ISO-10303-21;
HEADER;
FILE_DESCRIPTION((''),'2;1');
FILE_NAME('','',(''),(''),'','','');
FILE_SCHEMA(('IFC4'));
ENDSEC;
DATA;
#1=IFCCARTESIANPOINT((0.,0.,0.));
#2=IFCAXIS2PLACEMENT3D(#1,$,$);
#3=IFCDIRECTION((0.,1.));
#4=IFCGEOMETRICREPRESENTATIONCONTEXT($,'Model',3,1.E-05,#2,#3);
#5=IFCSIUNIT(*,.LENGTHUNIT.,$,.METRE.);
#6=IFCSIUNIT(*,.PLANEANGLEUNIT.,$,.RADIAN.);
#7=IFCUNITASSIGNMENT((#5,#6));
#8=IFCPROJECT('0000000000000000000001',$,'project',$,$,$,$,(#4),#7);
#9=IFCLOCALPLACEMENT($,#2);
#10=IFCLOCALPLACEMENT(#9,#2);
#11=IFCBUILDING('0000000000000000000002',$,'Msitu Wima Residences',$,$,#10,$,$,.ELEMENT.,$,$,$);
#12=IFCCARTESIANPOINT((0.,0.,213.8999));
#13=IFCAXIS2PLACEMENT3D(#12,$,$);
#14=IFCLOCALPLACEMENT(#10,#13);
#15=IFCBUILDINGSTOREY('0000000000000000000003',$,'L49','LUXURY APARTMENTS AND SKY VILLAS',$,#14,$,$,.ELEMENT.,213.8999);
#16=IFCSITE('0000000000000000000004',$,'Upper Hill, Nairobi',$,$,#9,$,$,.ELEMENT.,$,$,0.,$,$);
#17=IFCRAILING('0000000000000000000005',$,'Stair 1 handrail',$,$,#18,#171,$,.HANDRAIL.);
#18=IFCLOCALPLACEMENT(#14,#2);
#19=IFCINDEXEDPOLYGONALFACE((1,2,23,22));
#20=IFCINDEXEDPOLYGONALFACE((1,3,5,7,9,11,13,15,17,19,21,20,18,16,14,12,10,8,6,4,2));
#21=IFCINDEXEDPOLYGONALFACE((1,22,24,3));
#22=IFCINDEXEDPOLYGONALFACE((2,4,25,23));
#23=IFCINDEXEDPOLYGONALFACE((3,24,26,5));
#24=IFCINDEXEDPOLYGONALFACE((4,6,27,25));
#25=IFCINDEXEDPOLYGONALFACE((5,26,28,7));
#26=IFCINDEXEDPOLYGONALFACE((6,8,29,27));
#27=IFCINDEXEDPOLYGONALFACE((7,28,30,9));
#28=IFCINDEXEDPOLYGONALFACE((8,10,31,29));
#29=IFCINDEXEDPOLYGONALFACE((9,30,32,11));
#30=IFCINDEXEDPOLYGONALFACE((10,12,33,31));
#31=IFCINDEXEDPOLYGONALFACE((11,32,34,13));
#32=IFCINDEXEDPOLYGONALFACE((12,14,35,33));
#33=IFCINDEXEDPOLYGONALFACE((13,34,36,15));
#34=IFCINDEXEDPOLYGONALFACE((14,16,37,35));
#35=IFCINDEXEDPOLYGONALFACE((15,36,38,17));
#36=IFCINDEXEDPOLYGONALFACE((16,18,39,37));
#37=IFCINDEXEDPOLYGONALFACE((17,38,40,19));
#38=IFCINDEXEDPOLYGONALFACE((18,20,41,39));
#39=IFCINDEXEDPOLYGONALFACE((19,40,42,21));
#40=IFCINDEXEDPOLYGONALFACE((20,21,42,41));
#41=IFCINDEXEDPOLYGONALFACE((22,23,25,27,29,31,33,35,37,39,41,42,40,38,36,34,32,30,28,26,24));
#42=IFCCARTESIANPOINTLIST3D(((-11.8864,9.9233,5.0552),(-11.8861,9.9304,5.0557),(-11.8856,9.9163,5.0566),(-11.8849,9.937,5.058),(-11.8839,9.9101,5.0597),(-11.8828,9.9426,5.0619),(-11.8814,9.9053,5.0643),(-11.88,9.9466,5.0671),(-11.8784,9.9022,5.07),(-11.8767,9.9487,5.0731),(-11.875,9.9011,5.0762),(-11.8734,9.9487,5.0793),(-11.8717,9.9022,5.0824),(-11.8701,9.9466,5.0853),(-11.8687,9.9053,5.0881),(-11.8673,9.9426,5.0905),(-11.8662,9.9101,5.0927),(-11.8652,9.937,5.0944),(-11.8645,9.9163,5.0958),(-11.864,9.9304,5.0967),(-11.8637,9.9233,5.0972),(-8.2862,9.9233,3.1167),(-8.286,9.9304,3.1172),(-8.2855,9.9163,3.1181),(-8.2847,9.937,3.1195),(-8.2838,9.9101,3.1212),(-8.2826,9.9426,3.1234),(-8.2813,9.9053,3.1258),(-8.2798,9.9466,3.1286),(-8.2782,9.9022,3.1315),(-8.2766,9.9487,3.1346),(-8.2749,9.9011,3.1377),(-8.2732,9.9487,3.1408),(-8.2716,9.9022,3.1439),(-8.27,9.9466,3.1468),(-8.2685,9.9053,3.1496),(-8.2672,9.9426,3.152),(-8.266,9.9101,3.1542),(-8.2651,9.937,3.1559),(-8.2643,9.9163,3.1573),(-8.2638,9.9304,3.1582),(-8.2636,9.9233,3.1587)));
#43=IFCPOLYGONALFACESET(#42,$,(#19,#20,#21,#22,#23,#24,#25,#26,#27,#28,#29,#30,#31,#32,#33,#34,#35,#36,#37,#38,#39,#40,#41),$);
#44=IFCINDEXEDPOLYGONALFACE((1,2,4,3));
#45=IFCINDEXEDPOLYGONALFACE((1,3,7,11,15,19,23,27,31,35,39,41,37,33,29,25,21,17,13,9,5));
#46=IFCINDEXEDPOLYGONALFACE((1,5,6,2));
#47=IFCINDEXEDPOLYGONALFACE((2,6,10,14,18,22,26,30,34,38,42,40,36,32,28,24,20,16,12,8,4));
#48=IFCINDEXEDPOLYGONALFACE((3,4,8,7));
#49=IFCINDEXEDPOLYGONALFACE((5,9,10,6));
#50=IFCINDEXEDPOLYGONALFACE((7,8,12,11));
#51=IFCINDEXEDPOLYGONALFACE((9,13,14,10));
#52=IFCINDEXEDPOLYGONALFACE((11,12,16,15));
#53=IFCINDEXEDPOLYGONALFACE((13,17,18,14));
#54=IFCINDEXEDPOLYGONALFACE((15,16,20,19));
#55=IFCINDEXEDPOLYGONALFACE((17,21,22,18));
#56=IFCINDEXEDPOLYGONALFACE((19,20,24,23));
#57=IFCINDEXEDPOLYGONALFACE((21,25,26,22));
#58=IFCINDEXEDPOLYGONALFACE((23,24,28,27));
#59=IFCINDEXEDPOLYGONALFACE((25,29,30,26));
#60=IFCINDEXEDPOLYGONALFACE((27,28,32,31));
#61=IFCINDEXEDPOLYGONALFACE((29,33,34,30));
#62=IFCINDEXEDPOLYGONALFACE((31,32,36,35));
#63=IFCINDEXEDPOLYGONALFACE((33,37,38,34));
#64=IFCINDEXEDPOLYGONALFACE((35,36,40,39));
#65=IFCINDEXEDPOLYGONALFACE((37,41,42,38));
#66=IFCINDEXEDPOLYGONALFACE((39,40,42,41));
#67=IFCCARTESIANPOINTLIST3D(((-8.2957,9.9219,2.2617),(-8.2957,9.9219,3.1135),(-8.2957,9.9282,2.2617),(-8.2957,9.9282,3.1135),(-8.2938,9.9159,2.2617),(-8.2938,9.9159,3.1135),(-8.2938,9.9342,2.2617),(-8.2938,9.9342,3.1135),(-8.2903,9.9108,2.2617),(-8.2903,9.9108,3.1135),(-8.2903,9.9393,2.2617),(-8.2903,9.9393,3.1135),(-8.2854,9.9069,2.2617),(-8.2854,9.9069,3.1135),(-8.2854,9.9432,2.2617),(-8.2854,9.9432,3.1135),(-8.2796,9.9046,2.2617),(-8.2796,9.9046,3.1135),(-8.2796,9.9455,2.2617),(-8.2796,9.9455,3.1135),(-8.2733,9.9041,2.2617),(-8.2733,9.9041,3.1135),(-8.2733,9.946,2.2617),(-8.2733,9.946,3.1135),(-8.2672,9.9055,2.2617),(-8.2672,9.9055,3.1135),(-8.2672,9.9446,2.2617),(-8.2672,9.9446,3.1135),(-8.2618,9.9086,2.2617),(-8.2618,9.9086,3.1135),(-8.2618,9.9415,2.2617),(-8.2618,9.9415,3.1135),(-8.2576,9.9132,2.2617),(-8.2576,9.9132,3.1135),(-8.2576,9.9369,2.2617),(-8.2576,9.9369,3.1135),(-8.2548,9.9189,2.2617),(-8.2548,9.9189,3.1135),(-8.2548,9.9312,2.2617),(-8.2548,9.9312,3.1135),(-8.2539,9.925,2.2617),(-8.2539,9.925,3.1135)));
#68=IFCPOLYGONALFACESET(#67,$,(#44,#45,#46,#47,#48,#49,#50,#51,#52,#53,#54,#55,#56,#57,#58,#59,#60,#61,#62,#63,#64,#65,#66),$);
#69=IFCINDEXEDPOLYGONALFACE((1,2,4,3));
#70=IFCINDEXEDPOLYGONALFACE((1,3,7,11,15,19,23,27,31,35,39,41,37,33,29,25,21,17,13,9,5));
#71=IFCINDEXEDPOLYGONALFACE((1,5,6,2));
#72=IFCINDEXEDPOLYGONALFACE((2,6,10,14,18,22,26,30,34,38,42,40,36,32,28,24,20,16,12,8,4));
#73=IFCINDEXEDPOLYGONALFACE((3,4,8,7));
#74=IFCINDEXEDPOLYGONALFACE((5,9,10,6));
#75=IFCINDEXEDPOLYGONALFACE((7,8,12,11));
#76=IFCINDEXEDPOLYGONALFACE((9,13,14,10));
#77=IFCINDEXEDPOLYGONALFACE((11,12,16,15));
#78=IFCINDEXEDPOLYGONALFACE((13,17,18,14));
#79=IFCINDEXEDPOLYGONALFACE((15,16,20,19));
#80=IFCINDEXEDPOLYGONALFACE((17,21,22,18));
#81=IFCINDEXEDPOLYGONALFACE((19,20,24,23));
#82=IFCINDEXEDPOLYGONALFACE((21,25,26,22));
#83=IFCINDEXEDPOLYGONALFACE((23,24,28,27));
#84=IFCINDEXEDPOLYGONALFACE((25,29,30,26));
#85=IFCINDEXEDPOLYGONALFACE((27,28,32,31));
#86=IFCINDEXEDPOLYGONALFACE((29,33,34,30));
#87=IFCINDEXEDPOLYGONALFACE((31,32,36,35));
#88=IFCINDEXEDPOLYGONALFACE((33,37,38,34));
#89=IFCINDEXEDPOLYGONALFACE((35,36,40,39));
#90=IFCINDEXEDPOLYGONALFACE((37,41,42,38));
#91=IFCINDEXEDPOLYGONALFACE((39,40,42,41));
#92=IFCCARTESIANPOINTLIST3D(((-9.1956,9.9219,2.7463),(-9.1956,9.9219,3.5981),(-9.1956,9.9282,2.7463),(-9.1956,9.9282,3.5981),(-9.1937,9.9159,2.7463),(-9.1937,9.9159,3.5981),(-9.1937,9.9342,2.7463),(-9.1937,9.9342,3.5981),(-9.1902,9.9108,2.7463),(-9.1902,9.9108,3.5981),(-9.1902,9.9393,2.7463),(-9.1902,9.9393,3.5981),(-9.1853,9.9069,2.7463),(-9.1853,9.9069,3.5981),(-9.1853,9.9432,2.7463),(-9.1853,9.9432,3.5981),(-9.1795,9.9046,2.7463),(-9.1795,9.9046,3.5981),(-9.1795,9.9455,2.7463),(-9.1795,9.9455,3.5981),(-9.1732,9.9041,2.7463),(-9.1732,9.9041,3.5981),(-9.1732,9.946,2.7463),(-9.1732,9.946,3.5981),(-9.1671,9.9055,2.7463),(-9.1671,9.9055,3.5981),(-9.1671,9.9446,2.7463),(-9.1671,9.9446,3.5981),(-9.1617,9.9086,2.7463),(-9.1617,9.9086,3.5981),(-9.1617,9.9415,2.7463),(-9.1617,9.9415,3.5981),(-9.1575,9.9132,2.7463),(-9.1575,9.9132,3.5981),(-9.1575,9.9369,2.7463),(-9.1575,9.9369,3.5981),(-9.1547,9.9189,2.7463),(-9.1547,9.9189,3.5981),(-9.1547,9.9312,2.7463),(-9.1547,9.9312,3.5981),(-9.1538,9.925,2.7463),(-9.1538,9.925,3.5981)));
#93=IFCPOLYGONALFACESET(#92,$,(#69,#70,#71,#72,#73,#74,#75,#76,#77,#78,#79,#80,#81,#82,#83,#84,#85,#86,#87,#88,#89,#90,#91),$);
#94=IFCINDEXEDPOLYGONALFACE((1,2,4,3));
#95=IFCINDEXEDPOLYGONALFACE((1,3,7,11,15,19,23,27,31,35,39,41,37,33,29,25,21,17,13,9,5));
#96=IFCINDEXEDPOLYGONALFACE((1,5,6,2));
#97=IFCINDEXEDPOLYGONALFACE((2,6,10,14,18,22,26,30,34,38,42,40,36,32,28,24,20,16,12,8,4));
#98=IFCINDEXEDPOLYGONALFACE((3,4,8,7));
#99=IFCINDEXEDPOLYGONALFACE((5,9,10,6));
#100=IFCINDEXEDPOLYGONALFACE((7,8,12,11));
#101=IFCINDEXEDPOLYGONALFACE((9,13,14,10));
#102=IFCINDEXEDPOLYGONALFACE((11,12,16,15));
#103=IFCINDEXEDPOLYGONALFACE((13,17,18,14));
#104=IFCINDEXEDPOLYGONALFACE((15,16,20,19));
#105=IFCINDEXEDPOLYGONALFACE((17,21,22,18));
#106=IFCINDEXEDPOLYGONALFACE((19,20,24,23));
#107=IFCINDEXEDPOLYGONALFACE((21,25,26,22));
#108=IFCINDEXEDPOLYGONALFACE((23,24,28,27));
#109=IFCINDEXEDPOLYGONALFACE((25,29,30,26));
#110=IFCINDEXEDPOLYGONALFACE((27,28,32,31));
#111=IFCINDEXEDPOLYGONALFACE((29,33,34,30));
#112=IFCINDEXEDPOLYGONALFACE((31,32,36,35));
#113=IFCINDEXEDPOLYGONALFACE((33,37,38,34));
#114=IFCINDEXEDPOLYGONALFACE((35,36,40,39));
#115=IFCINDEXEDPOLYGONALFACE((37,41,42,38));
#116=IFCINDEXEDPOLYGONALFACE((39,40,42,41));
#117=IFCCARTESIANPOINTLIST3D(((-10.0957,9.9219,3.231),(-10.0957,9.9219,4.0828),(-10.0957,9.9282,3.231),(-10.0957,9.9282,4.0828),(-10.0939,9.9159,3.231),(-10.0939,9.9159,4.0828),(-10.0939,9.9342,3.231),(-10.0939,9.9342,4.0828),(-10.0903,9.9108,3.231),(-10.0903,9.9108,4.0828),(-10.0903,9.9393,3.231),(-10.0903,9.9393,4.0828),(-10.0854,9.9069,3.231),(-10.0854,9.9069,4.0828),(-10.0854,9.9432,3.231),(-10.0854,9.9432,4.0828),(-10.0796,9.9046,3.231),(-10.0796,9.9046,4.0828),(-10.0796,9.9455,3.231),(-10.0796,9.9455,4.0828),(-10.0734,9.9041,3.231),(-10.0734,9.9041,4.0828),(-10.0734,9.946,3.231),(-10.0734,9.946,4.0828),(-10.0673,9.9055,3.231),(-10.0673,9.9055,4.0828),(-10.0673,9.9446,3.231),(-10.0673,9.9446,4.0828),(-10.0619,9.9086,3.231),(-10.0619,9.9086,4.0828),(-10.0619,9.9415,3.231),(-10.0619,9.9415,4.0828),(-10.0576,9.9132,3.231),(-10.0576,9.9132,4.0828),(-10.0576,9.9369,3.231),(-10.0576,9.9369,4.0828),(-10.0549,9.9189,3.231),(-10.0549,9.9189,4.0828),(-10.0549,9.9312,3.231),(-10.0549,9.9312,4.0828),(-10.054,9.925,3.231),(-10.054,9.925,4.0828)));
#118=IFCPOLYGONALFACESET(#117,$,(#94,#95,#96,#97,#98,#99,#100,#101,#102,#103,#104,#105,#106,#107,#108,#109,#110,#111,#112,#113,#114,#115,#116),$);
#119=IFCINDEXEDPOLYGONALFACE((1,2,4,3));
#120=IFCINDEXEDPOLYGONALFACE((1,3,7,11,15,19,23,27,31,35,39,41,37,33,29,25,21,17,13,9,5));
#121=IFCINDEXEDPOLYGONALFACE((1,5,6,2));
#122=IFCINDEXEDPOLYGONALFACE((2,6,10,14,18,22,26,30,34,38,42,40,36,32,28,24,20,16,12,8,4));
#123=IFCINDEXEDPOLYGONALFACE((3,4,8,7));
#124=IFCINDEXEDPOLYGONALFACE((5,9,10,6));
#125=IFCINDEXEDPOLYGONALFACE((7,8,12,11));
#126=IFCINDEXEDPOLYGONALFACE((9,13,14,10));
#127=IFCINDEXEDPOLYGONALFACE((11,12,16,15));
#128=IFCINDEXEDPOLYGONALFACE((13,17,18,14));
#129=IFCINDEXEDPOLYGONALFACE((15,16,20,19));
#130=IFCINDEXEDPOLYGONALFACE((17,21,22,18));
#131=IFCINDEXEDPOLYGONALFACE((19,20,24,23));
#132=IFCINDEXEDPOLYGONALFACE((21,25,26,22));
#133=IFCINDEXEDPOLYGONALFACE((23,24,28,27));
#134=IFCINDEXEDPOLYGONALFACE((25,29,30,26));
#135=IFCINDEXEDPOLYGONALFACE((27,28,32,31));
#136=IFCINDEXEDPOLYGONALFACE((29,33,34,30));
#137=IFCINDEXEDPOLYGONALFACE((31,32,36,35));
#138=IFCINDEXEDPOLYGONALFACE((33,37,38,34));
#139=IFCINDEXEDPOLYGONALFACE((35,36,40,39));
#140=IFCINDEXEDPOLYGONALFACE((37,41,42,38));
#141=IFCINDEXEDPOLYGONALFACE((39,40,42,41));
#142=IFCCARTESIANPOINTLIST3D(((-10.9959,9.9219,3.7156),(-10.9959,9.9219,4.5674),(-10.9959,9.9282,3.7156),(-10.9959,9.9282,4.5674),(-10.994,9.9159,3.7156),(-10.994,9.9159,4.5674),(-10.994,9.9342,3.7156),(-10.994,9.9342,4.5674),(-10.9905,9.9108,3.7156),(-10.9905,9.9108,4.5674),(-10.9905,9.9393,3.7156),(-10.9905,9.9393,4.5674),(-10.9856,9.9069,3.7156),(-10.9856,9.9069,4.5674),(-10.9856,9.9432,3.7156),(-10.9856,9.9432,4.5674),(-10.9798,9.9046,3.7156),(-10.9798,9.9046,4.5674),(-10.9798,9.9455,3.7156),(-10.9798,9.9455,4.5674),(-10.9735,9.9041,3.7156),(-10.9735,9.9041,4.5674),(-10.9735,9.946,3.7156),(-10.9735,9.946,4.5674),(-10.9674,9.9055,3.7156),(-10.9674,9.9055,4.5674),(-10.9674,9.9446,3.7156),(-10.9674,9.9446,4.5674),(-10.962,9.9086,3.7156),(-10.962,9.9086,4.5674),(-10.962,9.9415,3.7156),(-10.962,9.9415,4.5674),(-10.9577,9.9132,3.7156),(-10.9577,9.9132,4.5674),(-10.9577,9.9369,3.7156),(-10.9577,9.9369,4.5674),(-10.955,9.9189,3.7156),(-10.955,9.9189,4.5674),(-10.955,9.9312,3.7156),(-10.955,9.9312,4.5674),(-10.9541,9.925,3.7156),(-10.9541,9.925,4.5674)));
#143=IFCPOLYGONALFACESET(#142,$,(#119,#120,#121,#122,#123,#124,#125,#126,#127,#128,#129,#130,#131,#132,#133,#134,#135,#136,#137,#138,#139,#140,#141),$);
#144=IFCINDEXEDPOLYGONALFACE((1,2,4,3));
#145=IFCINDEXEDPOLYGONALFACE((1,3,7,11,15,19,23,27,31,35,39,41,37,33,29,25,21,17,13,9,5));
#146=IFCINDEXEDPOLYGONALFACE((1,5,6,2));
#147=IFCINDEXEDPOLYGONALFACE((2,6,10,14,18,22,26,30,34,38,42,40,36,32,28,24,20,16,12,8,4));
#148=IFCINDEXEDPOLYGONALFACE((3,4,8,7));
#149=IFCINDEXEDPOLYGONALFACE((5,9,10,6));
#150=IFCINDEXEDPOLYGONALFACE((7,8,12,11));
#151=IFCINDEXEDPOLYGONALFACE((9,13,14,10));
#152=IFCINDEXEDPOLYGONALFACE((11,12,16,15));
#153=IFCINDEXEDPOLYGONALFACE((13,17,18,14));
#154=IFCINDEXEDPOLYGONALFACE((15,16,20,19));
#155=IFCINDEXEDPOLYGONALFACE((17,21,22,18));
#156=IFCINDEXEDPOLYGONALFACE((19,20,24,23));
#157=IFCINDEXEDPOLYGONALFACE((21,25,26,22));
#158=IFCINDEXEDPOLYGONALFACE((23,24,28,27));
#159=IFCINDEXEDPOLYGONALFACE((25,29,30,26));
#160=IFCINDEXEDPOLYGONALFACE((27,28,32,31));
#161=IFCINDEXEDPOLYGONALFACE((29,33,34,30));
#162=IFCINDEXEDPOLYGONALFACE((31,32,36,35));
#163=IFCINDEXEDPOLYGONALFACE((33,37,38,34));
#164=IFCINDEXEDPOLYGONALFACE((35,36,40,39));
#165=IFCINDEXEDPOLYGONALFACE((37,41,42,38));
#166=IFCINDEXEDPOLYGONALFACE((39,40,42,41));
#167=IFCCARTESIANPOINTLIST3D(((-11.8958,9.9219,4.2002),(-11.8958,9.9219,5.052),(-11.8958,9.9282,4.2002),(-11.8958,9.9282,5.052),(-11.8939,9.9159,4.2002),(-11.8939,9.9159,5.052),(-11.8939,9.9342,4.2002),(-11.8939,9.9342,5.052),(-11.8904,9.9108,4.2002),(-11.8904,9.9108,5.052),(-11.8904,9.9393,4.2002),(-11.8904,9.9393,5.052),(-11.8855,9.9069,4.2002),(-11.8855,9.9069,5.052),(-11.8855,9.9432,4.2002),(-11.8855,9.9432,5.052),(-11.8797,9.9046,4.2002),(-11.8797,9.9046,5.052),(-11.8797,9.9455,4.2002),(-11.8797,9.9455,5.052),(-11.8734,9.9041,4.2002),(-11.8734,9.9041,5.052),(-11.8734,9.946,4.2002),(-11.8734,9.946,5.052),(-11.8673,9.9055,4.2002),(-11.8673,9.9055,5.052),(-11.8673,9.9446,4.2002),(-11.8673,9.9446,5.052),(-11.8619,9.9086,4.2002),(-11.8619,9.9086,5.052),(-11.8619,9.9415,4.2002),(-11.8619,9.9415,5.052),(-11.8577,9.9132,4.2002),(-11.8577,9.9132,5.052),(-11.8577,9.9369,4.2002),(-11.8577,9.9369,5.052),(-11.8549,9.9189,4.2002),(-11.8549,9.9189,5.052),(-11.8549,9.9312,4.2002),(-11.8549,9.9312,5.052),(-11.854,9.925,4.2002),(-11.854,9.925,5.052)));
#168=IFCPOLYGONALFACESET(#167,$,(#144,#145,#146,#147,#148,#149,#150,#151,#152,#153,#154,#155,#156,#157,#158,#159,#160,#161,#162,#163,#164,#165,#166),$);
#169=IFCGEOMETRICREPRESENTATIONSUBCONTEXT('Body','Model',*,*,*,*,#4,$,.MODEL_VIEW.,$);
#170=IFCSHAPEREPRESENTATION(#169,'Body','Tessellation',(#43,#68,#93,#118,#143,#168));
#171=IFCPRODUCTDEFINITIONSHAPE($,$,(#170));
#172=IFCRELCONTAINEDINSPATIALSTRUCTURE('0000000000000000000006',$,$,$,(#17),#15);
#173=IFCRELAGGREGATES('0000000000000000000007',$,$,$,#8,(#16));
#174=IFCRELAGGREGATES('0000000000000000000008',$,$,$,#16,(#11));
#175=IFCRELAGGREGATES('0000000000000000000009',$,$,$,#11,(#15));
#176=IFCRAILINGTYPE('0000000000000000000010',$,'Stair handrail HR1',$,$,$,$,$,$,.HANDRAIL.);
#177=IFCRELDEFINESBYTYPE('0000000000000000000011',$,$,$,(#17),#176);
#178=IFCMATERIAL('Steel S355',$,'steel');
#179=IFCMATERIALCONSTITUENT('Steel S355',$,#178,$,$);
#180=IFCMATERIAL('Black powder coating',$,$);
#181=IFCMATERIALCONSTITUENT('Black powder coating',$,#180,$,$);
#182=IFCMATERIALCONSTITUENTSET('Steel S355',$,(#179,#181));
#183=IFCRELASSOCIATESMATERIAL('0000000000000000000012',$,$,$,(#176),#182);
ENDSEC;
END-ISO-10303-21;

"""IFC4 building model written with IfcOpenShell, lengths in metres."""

from ifc_helpers import new_model, si_unit, direction, frame, origin, origin_2d, place, context, subcontext, project, spatial, circle, extrude, material, constituent, constituent_set, type_object, element, save


model = new_model("IFC4")

# Units and contexts
model_context = context("Model", 3, precision=1e-05, world=origin(), true_north=direction((0.0, 1.0)))
body_context = subcontext(model_context, "Body", "Model", "MODEL_VIEW")
ifc_project = project(units=[si_unit("LENGTHUNIT", "METRE"), si_unit("PLANEANGLEUNIT", "RADIAN")], contexts=[model_context])

# Site, building, storey
site_placement = place(None, origin())
site = spatial("IfcSite", under=ifc_project, at=site_placement, Name="Upper Hill, Nairobi", CompositionType="ELEMENT", RefElevation=0.0)
building_placement = place(site_placement, origin())
building = spatial("IfcBuilding", under=site, at=building_placement, Name="Msitu Wima Residences", CompositionType="ELEMENT")
storey_placement = place(building_placement, frame((0.0, 0.0, 213.8999)))
storey = spatial("IfcBuildingStorey", under=building, at=storey_placement, Name="L49", Description="LUXURY APARTMENTS AND SKY VILLAS", CompositionType="ELEMENT", Elevation=213.8999)

# Railing
ifc_material_1 = material(Name="Steel S355", Category="steel")
ifc_constituent_1 = constituent(ifc_material_1, Name="Steel S355")
ifc_material_2 = material(Name="Black powder coating")
ifc_constituent_2 = constituent(ifc_material_2, Name="Black powder coating")
ifc_constituent_set = constituent_set(constituents=[ifc_constituent_1, ifc_constituent_2], Name="Steel S355")
railing_type = type_object("IfcRailingType", Name="Stair handrail HR1", PredefinedType="HANDRAIL", material=ifc_constituent_set)
for number, where, name in (
    (1, (-8.2749, 9.925, 2.2617), "Stair 1 handrail"),
):
    element("IfcRailing", number, at=place(storey_placement, frame(where)), inside=storey, type_object=railing_type, Name=name, PredefinedType="HANDRAIL", context=body_context, shape_type="SweptSolid", body=[
        extrude(circle(Radius=0.0239, at=origin_2d()), frame((0.0, 0.0, 0.876), z_axis=(-0.880475, 0.0, 0.474093), x_axis=(0.0, -1.0, 0.0)), (0.0, 0.0, 1.0), 4.0889),
        extrude(circle(Radius=0.021, at=origin_2d()), origin(), (0.0, 0.0, 1.0), 0.8518),
        extrude(circle(Radius=0.021, at=origin_2d()), frame((-0.8999, 0.0, 0.4846)), (0.0, 0.0, 1.0), 0.8518),
        extrude(circle(Radius=0.021, at=origin_2d()), frame((-1.8, 0.0, 0.9692)), (0.0, 0.0, 1.0), 0.8518),
        extrude(circle(Radius=0.021, at=origin_2d()), frame((-2.7002, 0.0, 1.4539)), (0.0, 0.0, 1.0), 0.8518),
        extrude(circle(Radius=0.021, at=origin_2d()), frame((-3.6001, 0.0, 1.9385)), (0.0, 0.0, 1.0), 0.8518),
    ])

save(model, "model.ifc")
